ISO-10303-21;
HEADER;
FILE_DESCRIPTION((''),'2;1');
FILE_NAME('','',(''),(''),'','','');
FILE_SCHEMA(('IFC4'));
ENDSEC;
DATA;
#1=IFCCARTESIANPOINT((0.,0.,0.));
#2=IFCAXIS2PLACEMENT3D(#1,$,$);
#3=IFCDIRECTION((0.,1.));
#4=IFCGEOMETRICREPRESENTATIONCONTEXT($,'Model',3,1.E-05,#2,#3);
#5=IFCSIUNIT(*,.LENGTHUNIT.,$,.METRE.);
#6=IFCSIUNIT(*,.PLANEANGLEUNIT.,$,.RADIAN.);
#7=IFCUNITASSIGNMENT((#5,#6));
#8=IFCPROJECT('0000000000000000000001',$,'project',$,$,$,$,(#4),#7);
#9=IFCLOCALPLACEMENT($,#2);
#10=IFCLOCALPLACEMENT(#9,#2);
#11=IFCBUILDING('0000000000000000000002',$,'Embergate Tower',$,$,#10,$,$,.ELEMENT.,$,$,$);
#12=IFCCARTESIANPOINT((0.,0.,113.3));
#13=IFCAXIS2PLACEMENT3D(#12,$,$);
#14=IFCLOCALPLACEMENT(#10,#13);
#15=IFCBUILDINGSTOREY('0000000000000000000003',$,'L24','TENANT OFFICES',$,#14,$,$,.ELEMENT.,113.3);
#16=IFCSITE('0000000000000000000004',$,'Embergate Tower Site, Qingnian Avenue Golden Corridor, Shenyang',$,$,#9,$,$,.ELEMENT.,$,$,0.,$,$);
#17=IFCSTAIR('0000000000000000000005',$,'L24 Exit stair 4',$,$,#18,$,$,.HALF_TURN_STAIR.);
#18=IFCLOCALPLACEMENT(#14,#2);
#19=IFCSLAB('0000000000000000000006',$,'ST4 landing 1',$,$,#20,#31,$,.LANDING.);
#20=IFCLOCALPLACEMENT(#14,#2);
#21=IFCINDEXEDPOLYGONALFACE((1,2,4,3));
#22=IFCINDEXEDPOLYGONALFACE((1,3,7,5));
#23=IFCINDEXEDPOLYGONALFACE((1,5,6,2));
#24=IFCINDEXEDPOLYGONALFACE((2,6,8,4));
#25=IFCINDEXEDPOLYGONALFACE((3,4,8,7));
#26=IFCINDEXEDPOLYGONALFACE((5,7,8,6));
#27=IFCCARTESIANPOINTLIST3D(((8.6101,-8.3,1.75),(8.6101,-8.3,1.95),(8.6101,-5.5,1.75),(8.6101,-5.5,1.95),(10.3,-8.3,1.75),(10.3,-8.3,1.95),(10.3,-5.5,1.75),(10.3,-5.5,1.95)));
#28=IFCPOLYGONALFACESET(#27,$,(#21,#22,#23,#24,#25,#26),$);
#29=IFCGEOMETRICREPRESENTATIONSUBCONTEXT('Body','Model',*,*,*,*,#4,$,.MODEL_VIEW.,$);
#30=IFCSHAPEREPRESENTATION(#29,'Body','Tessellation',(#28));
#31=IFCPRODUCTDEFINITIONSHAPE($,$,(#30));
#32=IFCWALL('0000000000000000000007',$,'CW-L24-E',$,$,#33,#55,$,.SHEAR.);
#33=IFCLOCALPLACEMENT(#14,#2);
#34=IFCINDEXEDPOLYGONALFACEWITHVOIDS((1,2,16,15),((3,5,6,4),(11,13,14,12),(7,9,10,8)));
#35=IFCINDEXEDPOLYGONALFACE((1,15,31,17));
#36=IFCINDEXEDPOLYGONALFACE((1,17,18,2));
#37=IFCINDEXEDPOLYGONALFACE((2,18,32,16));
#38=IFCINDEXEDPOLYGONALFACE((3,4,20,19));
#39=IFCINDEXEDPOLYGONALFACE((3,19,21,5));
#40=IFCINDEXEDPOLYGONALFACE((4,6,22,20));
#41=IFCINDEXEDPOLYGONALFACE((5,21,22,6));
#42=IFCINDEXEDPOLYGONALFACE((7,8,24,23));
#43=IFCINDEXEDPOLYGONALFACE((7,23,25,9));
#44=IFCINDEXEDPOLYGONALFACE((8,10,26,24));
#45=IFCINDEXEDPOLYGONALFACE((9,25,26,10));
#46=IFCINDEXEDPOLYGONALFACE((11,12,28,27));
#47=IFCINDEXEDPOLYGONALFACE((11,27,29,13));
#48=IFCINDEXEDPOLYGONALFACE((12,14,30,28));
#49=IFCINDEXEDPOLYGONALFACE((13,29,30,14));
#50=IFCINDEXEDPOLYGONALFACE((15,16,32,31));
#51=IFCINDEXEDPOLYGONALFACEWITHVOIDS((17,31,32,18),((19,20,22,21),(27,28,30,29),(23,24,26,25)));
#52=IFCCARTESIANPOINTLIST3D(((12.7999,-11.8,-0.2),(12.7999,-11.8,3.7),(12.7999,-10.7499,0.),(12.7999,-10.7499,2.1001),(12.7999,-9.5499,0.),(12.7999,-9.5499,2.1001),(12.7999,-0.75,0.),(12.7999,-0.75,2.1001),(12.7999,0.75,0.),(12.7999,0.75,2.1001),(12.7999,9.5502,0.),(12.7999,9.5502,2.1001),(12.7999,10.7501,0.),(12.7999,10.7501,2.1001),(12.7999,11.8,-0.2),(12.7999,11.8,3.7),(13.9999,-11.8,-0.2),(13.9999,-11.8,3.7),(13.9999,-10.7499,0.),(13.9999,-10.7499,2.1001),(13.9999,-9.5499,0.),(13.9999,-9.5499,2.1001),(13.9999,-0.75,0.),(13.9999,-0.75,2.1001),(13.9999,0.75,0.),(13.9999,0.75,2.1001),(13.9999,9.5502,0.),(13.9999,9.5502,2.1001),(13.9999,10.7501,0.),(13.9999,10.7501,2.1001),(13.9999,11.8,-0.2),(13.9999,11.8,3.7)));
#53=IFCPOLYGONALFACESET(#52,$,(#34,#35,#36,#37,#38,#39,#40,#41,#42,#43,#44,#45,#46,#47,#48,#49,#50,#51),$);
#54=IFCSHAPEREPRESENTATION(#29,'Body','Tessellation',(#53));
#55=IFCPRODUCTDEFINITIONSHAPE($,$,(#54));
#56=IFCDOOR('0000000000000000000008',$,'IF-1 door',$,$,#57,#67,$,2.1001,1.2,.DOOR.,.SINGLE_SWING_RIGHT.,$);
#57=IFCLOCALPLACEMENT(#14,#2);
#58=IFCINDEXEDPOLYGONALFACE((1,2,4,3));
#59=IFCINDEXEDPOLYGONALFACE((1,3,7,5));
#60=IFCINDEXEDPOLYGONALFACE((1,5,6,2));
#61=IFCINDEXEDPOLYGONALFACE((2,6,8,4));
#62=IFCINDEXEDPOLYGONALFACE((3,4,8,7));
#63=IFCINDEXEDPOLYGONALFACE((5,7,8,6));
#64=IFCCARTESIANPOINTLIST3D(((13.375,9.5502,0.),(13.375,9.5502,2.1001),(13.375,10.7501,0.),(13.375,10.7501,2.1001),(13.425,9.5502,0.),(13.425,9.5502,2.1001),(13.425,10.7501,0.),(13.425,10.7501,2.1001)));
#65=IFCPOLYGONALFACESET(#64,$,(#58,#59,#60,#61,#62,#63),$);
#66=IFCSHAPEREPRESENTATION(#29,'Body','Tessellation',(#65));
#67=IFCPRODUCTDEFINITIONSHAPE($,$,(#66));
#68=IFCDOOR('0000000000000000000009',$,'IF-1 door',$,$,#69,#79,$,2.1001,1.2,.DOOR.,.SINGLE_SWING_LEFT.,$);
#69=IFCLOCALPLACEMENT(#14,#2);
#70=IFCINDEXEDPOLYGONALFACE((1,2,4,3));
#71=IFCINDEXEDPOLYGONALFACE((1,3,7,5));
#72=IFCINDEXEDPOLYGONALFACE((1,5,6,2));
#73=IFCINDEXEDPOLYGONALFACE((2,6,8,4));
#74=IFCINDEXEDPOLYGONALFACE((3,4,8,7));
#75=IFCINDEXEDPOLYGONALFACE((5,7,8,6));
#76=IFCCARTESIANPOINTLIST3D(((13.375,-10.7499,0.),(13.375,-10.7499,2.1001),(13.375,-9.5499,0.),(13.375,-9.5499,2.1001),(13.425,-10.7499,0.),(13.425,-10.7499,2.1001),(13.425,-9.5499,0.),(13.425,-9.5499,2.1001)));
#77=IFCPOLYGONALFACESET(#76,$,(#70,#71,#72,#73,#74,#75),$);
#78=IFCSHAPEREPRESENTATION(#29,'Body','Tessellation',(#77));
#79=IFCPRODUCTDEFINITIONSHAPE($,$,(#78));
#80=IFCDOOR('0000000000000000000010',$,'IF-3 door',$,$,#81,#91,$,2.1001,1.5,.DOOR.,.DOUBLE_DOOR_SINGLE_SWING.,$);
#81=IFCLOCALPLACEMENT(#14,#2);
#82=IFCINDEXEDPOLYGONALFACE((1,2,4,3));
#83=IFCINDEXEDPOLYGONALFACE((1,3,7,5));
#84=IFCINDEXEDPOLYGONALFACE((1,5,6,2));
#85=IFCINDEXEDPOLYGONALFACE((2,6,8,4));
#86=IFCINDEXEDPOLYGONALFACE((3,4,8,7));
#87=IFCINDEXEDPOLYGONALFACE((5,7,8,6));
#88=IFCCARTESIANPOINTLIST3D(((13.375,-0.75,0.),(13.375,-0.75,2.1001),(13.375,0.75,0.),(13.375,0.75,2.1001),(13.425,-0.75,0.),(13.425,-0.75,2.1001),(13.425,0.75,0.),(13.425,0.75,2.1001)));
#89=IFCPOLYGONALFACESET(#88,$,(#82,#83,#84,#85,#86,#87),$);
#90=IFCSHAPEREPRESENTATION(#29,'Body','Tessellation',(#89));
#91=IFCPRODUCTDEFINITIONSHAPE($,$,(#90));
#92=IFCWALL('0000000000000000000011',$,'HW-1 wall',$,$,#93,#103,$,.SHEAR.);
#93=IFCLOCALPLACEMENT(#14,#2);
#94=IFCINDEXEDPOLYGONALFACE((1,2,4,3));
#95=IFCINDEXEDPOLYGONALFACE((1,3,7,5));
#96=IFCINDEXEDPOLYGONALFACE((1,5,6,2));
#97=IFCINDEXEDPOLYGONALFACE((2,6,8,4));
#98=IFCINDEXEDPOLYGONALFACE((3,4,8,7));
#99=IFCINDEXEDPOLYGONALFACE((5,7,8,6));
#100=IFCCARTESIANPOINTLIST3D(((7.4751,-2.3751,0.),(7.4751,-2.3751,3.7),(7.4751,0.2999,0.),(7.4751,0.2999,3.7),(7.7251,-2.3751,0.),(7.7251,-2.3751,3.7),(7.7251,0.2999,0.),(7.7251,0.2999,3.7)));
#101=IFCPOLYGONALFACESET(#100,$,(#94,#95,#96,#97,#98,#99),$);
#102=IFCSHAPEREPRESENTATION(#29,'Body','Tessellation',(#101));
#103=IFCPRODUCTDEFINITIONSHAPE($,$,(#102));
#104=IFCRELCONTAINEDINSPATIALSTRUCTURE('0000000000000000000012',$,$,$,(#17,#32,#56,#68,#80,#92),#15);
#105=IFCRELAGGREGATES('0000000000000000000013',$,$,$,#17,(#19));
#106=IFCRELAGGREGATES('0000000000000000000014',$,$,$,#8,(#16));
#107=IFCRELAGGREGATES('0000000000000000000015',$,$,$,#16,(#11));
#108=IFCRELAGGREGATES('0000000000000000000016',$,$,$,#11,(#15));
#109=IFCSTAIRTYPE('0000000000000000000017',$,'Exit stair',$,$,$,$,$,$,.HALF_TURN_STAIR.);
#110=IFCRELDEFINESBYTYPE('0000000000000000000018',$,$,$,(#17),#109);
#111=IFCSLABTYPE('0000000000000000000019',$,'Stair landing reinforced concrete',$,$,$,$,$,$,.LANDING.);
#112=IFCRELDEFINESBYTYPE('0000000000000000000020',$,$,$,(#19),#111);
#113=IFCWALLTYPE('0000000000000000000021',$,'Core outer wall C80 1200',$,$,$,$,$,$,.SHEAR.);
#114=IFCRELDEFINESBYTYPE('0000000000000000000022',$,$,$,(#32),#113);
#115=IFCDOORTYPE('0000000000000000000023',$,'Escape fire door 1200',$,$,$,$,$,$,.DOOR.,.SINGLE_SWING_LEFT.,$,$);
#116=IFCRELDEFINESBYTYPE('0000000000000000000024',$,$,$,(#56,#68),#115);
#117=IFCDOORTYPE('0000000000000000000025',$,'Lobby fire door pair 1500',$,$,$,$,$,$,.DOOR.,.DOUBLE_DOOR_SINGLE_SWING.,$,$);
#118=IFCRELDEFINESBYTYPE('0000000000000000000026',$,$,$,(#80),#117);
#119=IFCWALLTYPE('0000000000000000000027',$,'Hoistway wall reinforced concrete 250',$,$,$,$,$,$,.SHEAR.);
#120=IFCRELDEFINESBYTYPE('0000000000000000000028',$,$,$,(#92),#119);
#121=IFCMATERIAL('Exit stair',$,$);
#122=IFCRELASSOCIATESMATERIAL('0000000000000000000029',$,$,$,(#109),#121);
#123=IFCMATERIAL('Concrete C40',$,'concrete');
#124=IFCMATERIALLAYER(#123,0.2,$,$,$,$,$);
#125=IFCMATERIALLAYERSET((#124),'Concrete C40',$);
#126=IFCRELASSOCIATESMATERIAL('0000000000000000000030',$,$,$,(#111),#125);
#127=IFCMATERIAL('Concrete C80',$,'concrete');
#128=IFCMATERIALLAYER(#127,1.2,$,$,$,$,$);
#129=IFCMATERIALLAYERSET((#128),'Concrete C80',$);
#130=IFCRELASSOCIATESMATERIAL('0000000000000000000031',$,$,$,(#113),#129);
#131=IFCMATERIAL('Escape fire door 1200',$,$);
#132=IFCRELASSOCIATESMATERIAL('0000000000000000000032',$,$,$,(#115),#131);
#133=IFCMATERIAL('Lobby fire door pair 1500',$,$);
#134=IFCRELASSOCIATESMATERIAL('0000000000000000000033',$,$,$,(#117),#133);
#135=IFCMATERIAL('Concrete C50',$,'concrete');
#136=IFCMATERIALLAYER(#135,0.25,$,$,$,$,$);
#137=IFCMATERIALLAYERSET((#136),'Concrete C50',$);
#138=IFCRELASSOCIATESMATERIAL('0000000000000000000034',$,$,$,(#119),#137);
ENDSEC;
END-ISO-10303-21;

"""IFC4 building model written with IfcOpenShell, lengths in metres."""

from ifc_helpers import new_model, si_unit, direction, frame, frame_2d, origin, place, context, subcontext, project, spatial, polyline, rectangle, outline, extrude, source, transform, mapped, material, layer, layer_set, type_object, element, fill, aggregate, save


model = new_model("IFC4")

# Units and contexts
model_context = context("Model", 3, precision=1e-05, world=origin(), true_north=direction((0.0, 1.0)))
body_context = subcontext(model_context, "Body", "Model", "MODEL_VIEW")
ifc_project = project(units=[si_unit("LENGTHUNIT", "METRE"), si_unit("PLANEANGLEUNIT", "RADIAN")], contexts=[model_context])

# Site, building, storey
site_placement = place(None, origin())
site = spatial("IfcSite", under=ifc_project, at=site_placement, Name="Embergate Tower Site, Qingnian Avenue Golden Corridor, Shenyang", CompositionType="ELEMENT", RefElevation=0.0)
building_placement = place(site_placement, origin())
building = spatial("IfcBuilding", under=site, at=building_placement, Name="Embergate Tower", CompositionType="ELEMENT")
storey_placement = place(building_placement, frame((0.0, 0.0, 113.3)))
storey = spatial("IfcBuildingStorey", under=building, at=storey_placement, Name="L24", Description="TENANT OFFICES", CompositionType="ELEMENT", Elevation=113.3)

# Stair, slab
ifc_material_1 = material(Name="Exit stair")
stair_type = type_object("IfcStairType", Name="Exit stair", PredefinedType="HALF_TURN_STAIR", material=ifc_material_1)
stair_placement = place(storey_placement, origin())
stair = element("IfcStair", 1, at=stair_placement, inside=storey, type_object=stair_type, Name="L24 Exit stair 4", PredefinedType="HALF_TURN_STAIR")
ifc_material_2 = material(Name="Concrete C40", Category="concrete")
ifc_layer_1 = layer(ifc_material_2, 0.2)
ifc_layer_set_1 = layer_set([ifc_layer_1], Name="Concrete C40")
slab_type = type_object("IfcSlabType", Name="Stair landing reinforced concrete", PredefinedType="LANDING", material=ifc_layer_set_1)
shared_shape_1 = source(origin(), body_context, "Body", "SweptSolid", [
    extrude(outline(polyline([(0.0, 0.0), (1.6899, 0.0), (1.6899, 2.8), (0.0, 2.8), (0.0, 0.0)])), origin(), (0.0, 0.0, 1.0), 0.2),
])
slab_placement = place(storey_placement, frame((8.6101, -8.3, 1.75)))
slab = element("IfcSlab", 2, at=slab_placement, type_object=slab_type, Name="ST4 landing 1", PredefinedType="LANDING", context=body_context, shape_type="MappedRepresentation", body=[
    mapped(shared_shape_1, transform((0.0, 0.0, 0.0))),
])

# Wall, openings, doors
ifc_material_3 = material(Name="Concrete C80", Category="concrete")
ifc_layer_2 = layer(ifc_material_3, 1.2)
ifc_layer_set_2 = layer_set([ifc_layer_2], Name="Concrete C80")
wall_type_1 = type_object("IfcWallType", Name="Core outer wall C80 1200", PredefinedType="SHEAR", material=ifc_layer_set_2)
shared_shape_2 = source(origin(), body_context, "Body", "SweptSolid", [
    extrude(rectangle(XDim=23.6001, YDim=1.2, at=frame_2d((11.8, 0.0))), origin(), (0.0, 0.0, 1.0), 3.8999),
])
wall_1_placement = place(storey_placement, frame((13.3999, -11.8, -0.2), z_axis=(0.0, 0.0, 1.0), x_axis=(0.0, 1.0, 0.0)))
wall_1 = element("IfcWall", 3, at=wall_1_placement, inside=storey, type_object=wall_type_1, Name="CW-L24-E", PredefinedType="SHEAR", context=body_context, shape_type="MappedRepresentation", body=[
    mapped(shared_shape_2, transform((0.0, 0.0, 0.0))),
])
shared_shape_3 = source(origin(), body_context, "Body", "SweptSolid", [
    extrude(rectangle(XDim=1.2, YDim=2.1001, at=frame_2d((0.6001, 1.05))), frame((0.0, 0.6099, 0.0), z_axis=(0.0, -1.0, 0.0), x_axis=(1.0, 0.0, 0.0)), (0.0, 0.0, 1.0), 1.22),
])
opening_1_placement = place(wall_1_placement, frame((21.3501, 0.0, 0.2)))
opening_1 = element("IfcOpeningElement", 4, at=opening_1_placement, cuts=wall_1, PredefinedType="OPENING", context=body_context, shape_type="MappedRepresentation", body=[
    mapped(shared_shape_3, transform((0.0, 0.0, 0.0))),
])
opening_2_placement = place(wall_1_placement, frame((1.05, 0.0, 0.2)))
opening_2 = element("IfcOpeningElement", 5, at=opening_2_placement, cuts=wall_1, PredefinedType="OPENING", context=body_context, shape_type="MappedRepresentation", body=[
    mapped(shared_shape_3, transform((0.0, 0.0, 0.0))),
])
shared_shape_4 = source(origin(), body_context, "Body", "SweptSolid", [
    extrude(rectangle(XDim=1.5, YDim=2.1001, at=frame_2d((0.75, 1.05))), frame((0.0, 0.6099, 0.0), z_axis=(0.0, -1.0, 0.0), x_axis=(1.0, 0.0, 0.0)), (0.0, 0.0, 1.0), 1.22),
])
opening_3_placement = place(wall_1_placement, frame((11.05, 0.0, 0.2)))
opening_3 = element("IfcOpeningElement", 6, at=opening_3_placement, cuts=wall_1, PredefinedType="OPENING", context=body_context, shape_type="MappedRepresentation", body=[
    mapped(shared_shape_4, transform((0.0, 0.0, 0.0))),
])
ifc_material_4 = material(Name="Escape fire door 1200")
door_type_1 = type_object("IfcDoorType", Name="Escape fire door 1200", OperationType="SINGLE_SWING_LEFT", PredefinedType="DOOR", material=ifc_material_4)
shared_shape_5 = source(origin(), body_context, "Body", "SweptSolid", [
    extrude(rectangle(XDim=1.2, YDim=2.1001, at=frame_2d((0.6001, 1.05))), frame((0.0, 0.0249, 0.0), z_axis=(0.0, -1.0, 0.0), x_axis=(1.0, 0.0, 0.0)), (0.0, 0.0, 1.0), 0.05),
])
door_1_placement = place(opening_1_placement, origin())
door_1 = element("IfcDoor", 7, at=door_1_placement, inside=storey, type_object=door_type_1, Name="IF-1 door", OperationType="SINGLE_SWING_RIGHT", OverallHeight=2.1001, OverallWidth=1.2, PredefinedType="DOOR", context=body_context, shape_type="MappedRepresentation", body=[
    mapped(shared_shape_5, transform((0.0, 0.0, 0.0))),
])
fill(opening_1, door_1)
door_2_placement = place(opening_2_placement, origin())
door_2 = element("IfcDoor", 8, at=door_2_placement, inside=storey, type_object=door_type_1, Name="IF-1 door", OperationType="SINGLE_SWING_LEFT", OverallHeight=2.1001, OverallWidth=1.2, PredefinedType="DOOR", context=body_context, shape_type="MappedRepresentation", body=[
    mapped(shared_shape_5, transform((0.0, 0.0, 0.0))),
])
fill(opening_2, door_2)
ifc_material_5 = material(Name="Lobby fire door pair 1500")
door_type_2 = type_object("IfcDoorType", Name="Lobby fire door pair 1500", OperationType="DOUBLE_DOOR_SINGLE_SWING", PredefinedType="DOOR", material=ifc_material_5)
shared_shape_6 = source(origin(), body_context, "Body", "SweptSolid", [
    extrude(rectangle(XDim=1.5, YDim=2.1001, at=frame_2d((0.75, 1.05))), frame((0.0, 0.0249, 0.0), z_axis=(0.0, -1.0, 0.0), x_axis=(1.0, 0.0, 0.0)), (0.0, 0.0, 1.0), 0.05),
])
door_3_placement = place(opening_3_placement, origin())
door_3 = element("IfcDoor", 9, at=door_3_placement, inside=storey, type_object=door_type_2, Name="IF-3 door", OperationType="DOUBLE_DOOR_SINGLE_SWING", OverallHeight=2.1001, OverallWidth=1.5, PredefinedType="DOOR", context=body_context, shape_type="MappedRepresentation", body=[
    mapped(shared_shape_6, transform((0.0, 0.0, 0.0))),
])
fill(opening_3, door_3)

# Wall
ifc_material_6 = material(Name="Concrete C50", Category="concrete")
ifc_layer_3 = layer(ifc_material_6, 0.25)
ifc_layer_set_3 = layer_set([ifc_layer_3], Name="Concrete C50")
wall_type_2 = type_object("IfcWallType", Name="Hoistway wall reinforced concrete 250", PredefinedType="SHEAR", material=ifc_layer_set_3)
shared_shape_7 = source(origin(), body_context, "Body", "SweptSolid", [
    extrude(rectangle(XDim=2.675, YDim=0.25, at=frame_2d((1.3374, 0.0))), origin(), (0.0, 0.0, 1.0), 3.7),
])
wall_2_placement = place(storey_placement, frame((7.6001, -2.375, 0.0), z_axis=(0.0, 0.0, 1.0), x_axis=(0.0, 1.0, 0.0)))
element("IfcWall", 10, at=wall_2_placement, inside=storey, type_object=wall_type_2, Name="HW-1 wall", PredefinedType="SHEAR", context=body_context, shape_type="MappedRepresentation", body=[
    mapped(shared_shape_7, transform((0.0, 0.0, 0.0))),
])

aggregate(stair, [slab])

save(model, "model.ifc")
